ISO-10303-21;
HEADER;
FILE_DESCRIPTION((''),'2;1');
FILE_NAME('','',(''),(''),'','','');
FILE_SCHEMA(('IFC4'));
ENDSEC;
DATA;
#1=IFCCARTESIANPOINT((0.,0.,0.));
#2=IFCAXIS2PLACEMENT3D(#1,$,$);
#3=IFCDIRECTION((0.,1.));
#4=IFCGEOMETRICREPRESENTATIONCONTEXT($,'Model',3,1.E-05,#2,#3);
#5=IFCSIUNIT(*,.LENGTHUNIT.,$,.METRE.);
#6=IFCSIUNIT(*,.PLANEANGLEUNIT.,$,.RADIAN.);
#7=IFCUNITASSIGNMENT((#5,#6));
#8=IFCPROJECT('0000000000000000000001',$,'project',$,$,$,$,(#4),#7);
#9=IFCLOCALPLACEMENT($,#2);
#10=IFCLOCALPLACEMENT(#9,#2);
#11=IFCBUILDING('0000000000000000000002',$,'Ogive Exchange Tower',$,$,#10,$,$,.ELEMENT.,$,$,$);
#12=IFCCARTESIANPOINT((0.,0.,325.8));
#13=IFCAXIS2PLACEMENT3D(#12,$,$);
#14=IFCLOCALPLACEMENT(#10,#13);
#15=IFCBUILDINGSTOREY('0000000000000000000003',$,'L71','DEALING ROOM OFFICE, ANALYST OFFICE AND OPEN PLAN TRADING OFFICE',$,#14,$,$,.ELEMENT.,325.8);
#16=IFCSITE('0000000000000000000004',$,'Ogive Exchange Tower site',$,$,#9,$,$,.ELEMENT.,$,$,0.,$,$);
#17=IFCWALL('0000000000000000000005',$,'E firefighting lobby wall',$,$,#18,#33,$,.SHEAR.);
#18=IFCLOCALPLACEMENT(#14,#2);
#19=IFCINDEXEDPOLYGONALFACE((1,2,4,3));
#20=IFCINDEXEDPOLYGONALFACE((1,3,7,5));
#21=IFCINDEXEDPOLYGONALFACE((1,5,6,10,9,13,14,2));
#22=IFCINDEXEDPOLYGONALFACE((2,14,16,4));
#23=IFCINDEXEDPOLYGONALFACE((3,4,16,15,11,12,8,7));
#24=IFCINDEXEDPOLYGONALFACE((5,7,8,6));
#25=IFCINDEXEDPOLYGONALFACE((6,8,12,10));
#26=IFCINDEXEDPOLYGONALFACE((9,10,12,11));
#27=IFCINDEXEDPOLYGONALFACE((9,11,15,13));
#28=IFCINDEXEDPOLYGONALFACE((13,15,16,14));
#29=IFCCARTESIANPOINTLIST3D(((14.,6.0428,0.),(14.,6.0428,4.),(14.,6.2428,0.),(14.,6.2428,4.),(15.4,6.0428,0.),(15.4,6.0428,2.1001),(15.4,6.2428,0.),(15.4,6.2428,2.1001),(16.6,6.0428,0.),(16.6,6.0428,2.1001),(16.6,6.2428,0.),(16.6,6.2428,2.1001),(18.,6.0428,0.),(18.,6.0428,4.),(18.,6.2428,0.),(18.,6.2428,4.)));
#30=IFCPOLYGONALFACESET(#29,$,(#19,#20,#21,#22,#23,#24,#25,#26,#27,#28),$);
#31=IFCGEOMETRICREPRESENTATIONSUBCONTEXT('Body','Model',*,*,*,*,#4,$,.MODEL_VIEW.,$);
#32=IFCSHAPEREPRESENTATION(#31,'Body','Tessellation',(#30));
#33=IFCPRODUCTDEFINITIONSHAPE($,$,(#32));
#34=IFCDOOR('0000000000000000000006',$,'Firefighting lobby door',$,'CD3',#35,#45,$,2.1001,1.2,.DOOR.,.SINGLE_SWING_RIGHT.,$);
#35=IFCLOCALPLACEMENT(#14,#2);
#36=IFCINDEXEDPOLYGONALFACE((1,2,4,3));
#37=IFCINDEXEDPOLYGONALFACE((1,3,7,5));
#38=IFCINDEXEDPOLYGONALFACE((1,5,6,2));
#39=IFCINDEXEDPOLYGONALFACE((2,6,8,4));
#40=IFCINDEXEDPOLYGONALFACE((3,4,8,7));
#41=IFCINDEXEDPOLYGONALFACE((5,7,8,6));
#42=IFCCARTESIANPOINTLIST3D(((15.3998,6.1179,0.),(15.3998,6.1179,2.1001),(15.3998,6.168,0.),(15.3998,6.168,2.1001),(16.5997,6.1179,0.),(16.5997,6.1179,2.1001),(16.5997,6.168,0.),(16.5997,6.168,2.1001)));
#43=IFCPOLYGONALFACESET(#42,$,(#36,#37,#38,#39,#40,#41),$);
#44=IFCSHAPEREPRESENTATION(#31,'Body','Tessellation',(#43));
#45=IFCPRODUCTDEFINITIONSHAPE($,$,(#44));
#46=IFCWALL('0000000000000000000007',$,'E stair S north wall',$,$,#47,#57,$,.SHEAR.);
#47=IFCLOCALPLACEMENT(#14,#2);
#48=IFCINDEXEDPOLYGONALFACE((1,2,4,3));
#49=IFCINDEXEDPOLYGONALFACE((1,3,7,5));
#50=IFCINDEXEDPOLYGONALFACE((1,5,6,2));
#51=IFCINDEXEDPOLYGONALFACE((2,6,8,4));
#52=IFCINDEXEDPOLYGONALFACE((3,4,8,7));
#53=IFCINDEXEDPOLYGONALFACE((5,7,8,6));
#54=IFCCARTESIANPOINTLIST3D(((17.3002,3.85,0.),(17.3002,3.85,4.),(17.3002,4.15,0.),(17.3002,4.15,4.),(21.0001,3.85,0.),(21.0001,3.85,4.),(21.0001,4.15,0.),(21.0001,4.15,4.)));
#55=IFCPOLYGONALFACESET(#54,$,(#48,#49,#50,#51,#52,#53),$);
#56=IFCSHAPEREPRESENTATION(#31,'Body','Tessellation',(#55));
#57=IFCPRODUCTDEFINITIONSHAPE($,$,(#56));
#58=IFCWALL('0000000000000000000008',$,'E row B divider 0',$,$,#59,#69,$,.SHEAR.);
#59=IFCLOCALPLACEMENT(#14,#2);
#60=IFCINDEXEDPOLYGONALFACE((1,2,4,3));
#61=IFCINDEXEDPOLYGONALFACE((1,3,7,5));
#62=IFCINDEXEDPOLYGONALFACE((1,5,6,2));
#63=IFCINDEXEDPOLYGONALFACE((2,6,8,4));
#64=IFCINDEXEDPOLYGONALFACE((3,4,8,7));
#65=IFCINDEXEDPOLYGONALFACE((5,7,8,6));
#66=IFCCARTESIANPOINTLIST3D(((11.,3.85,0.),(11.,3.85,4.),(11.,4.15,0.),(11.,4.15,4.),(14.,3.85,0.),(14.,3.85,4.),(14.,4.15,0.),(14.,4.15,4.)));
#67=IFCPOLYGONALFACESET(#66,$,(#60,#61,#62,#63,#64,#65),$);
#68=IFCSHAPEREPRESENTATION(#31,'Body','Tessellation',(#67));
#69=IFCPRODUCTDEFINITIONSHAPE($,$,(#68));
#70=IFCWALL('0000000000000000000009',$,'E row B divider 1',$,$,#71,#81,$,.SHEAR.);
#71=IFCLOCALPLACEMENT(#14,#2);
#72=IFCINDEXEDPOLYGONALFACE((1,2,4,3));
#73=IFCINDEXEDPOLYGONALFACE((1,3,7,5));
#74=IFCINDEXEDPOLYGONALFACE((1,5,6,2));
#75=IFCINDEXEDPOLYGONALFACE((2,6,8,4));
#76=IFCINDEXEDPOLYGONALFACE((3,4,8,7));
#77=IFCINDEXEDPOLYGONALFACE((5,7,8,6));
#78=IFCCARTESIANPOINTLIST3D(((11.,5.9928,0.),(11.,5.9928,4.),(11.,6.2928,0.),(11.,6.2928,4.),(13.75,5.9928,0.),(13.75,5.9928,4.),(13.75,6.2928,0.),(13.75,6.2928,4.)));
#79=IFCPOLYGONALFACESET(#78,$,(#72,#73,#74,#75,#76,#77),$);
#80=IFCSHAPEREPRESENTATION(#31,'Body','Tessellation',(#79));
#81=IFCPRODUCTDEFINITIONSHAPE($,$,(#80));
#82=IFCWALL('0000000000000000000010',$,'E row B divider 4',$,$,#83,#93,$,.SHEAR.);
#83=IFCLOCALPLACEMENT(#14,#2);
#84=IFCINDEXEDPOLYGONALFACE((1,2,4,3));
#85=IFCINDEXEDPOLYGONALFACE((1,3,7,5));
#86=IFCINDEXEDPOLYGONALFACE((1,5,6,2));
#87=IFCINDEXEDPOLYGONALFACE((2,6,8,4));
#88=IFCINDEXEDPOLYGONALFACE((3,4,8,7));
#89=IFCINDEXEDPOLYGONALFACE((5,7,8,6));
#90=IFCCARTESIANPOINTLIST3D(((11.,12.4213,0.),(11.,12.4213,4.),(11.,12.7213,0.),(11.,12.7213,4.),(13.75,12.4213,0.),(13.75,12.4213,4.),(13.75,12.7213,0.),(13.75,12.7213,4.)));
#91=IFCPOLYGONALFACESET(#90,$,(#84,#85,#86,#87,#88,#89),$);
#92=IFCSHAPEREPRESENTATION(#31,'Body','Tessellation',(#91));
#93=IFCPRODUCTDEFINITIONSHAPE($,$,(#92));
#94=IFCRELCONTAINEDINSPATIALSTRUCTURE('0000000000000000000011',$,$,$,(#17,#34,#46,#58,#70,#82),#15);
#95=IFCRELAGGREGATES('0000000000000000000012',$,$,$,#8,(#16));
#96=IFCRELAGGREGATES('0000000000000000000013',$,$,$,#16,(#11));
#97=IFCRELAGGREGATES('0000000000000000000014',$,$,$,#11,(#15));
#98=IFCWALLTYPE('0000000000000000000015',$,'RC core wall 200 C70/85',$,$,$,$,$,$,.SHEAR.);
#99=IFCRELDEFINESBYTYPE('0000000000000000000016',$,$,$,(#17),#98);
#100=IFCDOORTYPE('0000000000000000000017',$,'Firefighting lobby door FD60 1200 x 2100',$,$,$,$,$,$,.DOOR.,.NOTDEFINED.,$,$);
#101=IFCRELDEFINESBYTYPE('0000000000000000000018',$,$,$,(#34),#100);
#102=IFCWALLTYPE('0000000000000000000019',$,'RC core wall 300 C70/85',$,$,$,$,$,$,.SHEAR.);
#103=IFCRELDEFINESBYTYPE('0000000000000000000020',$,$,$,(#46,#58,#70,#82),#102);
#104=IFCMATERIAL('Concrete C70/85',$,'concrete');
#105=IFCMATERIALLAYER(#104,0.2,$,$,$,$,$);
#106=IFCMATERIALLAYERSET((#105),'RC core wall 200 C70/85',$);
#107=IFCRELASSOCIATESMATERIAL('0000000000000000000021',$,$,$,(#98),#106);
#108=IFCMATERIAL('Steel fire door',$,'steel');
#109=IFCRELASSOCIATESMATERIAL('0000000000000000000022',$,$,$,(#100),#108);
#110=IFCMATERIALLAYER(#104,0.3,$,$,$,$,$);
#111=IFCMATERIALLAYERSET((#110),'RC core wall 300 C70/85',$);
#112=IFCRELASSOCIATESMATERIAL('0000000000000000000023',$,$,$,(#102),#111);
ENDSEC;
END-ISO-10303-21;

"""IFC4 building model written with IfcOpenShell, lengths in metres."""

from ifc_helpers import new_model, si_unit, direction, frame, frame_2d, origin, place, context, subcontext, project, spatial, rectangle, extrude, material, layer, layer_set, type_object, element, fill, save


model = new_model("IFC4")

# Units and contexts
model_context = context("Model", 3, precision=1e-05, world=origin(), true_north=direction((0.0, 1.0)))
body_context = subcontext(model_context, "Body", "Model", "MODEL_VIEW")
ifc_project = project(units=[si_unit("LENGTHUNIT", "METRE"), si_unit("PLANEANGLEUNIT", "RADIAN")], contexts=[model_context])

# Site, building, storey
site_placement = place(None, origin())
site = spatial("IfcSite", under=ifc_project, at=site_placement, Name="Ogive Exchange Tower site", CompositionType="ELEMENT", RefElevation=0.0)
building_placement = place(site_placement, origin())
building = spatial("IfcBuilding", under=site, at=building_placement, Name="Ogive Exchange Tower", CompositionType="ELEMENT")
storey_placement = place(building_placement, frame((0.0, 0.0, 325.8)))
storey = spatial("IfcBuildingStorey", under=building, at=storey_placement, Name="L71", Description="DEALING ROOM OFFICE, ANALYST OFFICE AND OPEN PLAN TRADING OFFICE", CompositionType="ELEMENT", Elevation=325.8)

# Shared definitions
ifc_material_1 = material(Name="Concrete C70/85", Category="concrete")

# Wall, opening, door
ifc_layer_1 = layer(ifc_material_1, 0.2)
ifc_layer_set_1 = layer_set([ifc_layer_1], Name="RC core wall 200 C70/85")
wall_type_1 = type_object("IfcWallType", Name="RC core wall 200 C70/85", PredefinedType="SHEAR", material=ifc_layer_set_1)
wall_1_placement = place(storey_placement, frame((14.0, 6.1428, 0.0), z_axis=(0.0, 0.0, 1.0), x_axis=(1.0, 0.0, 0.0)))
wall_1 = element("IfcWall", 1, at=wall_1_placement, inside=storey, type_object=wall_type_1, Name="E firefighting lobby wall", PredefinedType="SHEAR", context=body_context, shape_type="SweptSolid", body=[
    extrude(rectangle(XDim=4.0, YDim=0.2, at=frame_2d((2.0, 0.0))), origin(), (0.0, 0.0, 1.0), 4.0),
])
opening_placement = place(wall_1_placement, frame((1.3999, 0.0, 0.0)))
opening = element("IfcOpeningElement", 2, at=opening_placement, cuts=wall_1, PredefinedType="OPENING", context=body_context, shape_type="SweptSolid", body=[
    extrude(rectangle(XDim=1.2, YDim=2.1001, at=frame_2d((0.6001, 1.05))), frame((0.0, 0.1099, 0.0), z_axis=(0.0, -1.0, 0.0), x_axis=(1.0, 0.0, 0.0)), (0.0, 0.0, 1.0), 0.22),
])
ifc_material_2 = material(Name="Steel fire door", Category="steel")
door_type = type_object("IfcDoorType", Name="Firefighting lobby door FD60 1200 x 2100", OperationType="NOTDEFINED", PredefinedType="DOOR", material=ifc_material_2)
door_placement = place(opening_placement, frame((1.2, 0.0, 0.0), z_axis=(0.0, 0.0, 1.0), x_axis=(-1.0, 0.0, 0.0)))
door = element("IfcDoor", 3, at=door_placement, inside=storey, type_object=door_type, Name="Firefighting lobby door", ObjectType="CD3", OperationType="SINGLE_SWING_RIGHT", OverallHeight=2.1001, OverallWidth=1.2, PredefinedType="DOOR", context=body_context, shape_type="SweptSolid", body=[
    extrude(rectangle(XDim=1.2, YDim=2.1001, at=frame_2d((0.6001, 1.05))), frame((0.0, 0.0249, 0.0), z_axis=(0.0, -1.0, 0.0), x_axis=(1.0, 0.0, 0.0)), (0.0, 0.0, 1.0), 0.05),
])
fill(opening, door)

# Walls
ifc_layer_2 = layer(ifc_material_1, 0.3)
ifc_layer_set_2 = layer_set([ifc_layer_2], Name="RC core wall 300 C70/85")
wall_type_2 = type_object("IfcWallType", Name="RC core wall 300 C70/85", PredefinedType="SHEAR", material=ifc_layer_set_2)
wall_2_placement = place(storey_placement, frame((17.3, 4.0, 0.0), z_axis=(0.0, 0.0, 1.0), x_axis=(1.0, 0.0, 0.0)))
element("IfcWall", 4, at=wall_2_placement, inside=storey, type_object=wall_type_2, Name="E stair S north wall", PredefinedType="SHEAR", context=body_context, shape_type="SweptSolid", body=[
    extrude(rectangle(XDim=3.7, YDim=0.3, at=frame_2d((1.8501, 0.0))), origin(), (0.0, 0.0, 1.0), 4.0),
])
wall_3_placement = place(storey_placement, frame((11.0, 4.0, 0.0), z_axis=(0.0, 0.0, 1.0), x_axis=(1.0, 0.0, 0.0)))
element("IfcWall", 5, at=wall_3_placement, inside=storey, type_object=wall_type_2, Name="E row B divider 0", PredefinedType="SHEAR", context=body_context, shape_type="SweptSolid", body=[
    extrude(rectangle(XDim=3.0, YDim=0.3, at=frame_2d((1.5, 0.0))), origin(), (0.0, 0.0, 1.0), 4.0),
])
for number, where, z_axis, x_axis, name in (
    (6, (11.0, 6.1428, 0.0), (0.0, 0.0, 1.0), (1.0, 0.0, 0.0), "E row B divider 1"),
    (7, (11.0, 12.5713, 0.0), (0.0, 0.0, 1.0), (1.0, 0.0, 0.0), "E row B divider 4"),
):
    element("IfcWall", number, at=place(storey_placement, frame(where, z_axis=z_axis, x_axis=x_axis)), inside=storey, type_object=wall_type_2, Name=name, PredefinedType="SHEAR", context=body_context, shape_type="SweptSolid", body=[
        extrude(rectangle(XDim=2.75, YDim=0.3, at=frame_2d((1.375, 0.0))), origin(), (0.0, 0.0, 1.0), 4.0),
    ])

save(model, "model.ifc")
